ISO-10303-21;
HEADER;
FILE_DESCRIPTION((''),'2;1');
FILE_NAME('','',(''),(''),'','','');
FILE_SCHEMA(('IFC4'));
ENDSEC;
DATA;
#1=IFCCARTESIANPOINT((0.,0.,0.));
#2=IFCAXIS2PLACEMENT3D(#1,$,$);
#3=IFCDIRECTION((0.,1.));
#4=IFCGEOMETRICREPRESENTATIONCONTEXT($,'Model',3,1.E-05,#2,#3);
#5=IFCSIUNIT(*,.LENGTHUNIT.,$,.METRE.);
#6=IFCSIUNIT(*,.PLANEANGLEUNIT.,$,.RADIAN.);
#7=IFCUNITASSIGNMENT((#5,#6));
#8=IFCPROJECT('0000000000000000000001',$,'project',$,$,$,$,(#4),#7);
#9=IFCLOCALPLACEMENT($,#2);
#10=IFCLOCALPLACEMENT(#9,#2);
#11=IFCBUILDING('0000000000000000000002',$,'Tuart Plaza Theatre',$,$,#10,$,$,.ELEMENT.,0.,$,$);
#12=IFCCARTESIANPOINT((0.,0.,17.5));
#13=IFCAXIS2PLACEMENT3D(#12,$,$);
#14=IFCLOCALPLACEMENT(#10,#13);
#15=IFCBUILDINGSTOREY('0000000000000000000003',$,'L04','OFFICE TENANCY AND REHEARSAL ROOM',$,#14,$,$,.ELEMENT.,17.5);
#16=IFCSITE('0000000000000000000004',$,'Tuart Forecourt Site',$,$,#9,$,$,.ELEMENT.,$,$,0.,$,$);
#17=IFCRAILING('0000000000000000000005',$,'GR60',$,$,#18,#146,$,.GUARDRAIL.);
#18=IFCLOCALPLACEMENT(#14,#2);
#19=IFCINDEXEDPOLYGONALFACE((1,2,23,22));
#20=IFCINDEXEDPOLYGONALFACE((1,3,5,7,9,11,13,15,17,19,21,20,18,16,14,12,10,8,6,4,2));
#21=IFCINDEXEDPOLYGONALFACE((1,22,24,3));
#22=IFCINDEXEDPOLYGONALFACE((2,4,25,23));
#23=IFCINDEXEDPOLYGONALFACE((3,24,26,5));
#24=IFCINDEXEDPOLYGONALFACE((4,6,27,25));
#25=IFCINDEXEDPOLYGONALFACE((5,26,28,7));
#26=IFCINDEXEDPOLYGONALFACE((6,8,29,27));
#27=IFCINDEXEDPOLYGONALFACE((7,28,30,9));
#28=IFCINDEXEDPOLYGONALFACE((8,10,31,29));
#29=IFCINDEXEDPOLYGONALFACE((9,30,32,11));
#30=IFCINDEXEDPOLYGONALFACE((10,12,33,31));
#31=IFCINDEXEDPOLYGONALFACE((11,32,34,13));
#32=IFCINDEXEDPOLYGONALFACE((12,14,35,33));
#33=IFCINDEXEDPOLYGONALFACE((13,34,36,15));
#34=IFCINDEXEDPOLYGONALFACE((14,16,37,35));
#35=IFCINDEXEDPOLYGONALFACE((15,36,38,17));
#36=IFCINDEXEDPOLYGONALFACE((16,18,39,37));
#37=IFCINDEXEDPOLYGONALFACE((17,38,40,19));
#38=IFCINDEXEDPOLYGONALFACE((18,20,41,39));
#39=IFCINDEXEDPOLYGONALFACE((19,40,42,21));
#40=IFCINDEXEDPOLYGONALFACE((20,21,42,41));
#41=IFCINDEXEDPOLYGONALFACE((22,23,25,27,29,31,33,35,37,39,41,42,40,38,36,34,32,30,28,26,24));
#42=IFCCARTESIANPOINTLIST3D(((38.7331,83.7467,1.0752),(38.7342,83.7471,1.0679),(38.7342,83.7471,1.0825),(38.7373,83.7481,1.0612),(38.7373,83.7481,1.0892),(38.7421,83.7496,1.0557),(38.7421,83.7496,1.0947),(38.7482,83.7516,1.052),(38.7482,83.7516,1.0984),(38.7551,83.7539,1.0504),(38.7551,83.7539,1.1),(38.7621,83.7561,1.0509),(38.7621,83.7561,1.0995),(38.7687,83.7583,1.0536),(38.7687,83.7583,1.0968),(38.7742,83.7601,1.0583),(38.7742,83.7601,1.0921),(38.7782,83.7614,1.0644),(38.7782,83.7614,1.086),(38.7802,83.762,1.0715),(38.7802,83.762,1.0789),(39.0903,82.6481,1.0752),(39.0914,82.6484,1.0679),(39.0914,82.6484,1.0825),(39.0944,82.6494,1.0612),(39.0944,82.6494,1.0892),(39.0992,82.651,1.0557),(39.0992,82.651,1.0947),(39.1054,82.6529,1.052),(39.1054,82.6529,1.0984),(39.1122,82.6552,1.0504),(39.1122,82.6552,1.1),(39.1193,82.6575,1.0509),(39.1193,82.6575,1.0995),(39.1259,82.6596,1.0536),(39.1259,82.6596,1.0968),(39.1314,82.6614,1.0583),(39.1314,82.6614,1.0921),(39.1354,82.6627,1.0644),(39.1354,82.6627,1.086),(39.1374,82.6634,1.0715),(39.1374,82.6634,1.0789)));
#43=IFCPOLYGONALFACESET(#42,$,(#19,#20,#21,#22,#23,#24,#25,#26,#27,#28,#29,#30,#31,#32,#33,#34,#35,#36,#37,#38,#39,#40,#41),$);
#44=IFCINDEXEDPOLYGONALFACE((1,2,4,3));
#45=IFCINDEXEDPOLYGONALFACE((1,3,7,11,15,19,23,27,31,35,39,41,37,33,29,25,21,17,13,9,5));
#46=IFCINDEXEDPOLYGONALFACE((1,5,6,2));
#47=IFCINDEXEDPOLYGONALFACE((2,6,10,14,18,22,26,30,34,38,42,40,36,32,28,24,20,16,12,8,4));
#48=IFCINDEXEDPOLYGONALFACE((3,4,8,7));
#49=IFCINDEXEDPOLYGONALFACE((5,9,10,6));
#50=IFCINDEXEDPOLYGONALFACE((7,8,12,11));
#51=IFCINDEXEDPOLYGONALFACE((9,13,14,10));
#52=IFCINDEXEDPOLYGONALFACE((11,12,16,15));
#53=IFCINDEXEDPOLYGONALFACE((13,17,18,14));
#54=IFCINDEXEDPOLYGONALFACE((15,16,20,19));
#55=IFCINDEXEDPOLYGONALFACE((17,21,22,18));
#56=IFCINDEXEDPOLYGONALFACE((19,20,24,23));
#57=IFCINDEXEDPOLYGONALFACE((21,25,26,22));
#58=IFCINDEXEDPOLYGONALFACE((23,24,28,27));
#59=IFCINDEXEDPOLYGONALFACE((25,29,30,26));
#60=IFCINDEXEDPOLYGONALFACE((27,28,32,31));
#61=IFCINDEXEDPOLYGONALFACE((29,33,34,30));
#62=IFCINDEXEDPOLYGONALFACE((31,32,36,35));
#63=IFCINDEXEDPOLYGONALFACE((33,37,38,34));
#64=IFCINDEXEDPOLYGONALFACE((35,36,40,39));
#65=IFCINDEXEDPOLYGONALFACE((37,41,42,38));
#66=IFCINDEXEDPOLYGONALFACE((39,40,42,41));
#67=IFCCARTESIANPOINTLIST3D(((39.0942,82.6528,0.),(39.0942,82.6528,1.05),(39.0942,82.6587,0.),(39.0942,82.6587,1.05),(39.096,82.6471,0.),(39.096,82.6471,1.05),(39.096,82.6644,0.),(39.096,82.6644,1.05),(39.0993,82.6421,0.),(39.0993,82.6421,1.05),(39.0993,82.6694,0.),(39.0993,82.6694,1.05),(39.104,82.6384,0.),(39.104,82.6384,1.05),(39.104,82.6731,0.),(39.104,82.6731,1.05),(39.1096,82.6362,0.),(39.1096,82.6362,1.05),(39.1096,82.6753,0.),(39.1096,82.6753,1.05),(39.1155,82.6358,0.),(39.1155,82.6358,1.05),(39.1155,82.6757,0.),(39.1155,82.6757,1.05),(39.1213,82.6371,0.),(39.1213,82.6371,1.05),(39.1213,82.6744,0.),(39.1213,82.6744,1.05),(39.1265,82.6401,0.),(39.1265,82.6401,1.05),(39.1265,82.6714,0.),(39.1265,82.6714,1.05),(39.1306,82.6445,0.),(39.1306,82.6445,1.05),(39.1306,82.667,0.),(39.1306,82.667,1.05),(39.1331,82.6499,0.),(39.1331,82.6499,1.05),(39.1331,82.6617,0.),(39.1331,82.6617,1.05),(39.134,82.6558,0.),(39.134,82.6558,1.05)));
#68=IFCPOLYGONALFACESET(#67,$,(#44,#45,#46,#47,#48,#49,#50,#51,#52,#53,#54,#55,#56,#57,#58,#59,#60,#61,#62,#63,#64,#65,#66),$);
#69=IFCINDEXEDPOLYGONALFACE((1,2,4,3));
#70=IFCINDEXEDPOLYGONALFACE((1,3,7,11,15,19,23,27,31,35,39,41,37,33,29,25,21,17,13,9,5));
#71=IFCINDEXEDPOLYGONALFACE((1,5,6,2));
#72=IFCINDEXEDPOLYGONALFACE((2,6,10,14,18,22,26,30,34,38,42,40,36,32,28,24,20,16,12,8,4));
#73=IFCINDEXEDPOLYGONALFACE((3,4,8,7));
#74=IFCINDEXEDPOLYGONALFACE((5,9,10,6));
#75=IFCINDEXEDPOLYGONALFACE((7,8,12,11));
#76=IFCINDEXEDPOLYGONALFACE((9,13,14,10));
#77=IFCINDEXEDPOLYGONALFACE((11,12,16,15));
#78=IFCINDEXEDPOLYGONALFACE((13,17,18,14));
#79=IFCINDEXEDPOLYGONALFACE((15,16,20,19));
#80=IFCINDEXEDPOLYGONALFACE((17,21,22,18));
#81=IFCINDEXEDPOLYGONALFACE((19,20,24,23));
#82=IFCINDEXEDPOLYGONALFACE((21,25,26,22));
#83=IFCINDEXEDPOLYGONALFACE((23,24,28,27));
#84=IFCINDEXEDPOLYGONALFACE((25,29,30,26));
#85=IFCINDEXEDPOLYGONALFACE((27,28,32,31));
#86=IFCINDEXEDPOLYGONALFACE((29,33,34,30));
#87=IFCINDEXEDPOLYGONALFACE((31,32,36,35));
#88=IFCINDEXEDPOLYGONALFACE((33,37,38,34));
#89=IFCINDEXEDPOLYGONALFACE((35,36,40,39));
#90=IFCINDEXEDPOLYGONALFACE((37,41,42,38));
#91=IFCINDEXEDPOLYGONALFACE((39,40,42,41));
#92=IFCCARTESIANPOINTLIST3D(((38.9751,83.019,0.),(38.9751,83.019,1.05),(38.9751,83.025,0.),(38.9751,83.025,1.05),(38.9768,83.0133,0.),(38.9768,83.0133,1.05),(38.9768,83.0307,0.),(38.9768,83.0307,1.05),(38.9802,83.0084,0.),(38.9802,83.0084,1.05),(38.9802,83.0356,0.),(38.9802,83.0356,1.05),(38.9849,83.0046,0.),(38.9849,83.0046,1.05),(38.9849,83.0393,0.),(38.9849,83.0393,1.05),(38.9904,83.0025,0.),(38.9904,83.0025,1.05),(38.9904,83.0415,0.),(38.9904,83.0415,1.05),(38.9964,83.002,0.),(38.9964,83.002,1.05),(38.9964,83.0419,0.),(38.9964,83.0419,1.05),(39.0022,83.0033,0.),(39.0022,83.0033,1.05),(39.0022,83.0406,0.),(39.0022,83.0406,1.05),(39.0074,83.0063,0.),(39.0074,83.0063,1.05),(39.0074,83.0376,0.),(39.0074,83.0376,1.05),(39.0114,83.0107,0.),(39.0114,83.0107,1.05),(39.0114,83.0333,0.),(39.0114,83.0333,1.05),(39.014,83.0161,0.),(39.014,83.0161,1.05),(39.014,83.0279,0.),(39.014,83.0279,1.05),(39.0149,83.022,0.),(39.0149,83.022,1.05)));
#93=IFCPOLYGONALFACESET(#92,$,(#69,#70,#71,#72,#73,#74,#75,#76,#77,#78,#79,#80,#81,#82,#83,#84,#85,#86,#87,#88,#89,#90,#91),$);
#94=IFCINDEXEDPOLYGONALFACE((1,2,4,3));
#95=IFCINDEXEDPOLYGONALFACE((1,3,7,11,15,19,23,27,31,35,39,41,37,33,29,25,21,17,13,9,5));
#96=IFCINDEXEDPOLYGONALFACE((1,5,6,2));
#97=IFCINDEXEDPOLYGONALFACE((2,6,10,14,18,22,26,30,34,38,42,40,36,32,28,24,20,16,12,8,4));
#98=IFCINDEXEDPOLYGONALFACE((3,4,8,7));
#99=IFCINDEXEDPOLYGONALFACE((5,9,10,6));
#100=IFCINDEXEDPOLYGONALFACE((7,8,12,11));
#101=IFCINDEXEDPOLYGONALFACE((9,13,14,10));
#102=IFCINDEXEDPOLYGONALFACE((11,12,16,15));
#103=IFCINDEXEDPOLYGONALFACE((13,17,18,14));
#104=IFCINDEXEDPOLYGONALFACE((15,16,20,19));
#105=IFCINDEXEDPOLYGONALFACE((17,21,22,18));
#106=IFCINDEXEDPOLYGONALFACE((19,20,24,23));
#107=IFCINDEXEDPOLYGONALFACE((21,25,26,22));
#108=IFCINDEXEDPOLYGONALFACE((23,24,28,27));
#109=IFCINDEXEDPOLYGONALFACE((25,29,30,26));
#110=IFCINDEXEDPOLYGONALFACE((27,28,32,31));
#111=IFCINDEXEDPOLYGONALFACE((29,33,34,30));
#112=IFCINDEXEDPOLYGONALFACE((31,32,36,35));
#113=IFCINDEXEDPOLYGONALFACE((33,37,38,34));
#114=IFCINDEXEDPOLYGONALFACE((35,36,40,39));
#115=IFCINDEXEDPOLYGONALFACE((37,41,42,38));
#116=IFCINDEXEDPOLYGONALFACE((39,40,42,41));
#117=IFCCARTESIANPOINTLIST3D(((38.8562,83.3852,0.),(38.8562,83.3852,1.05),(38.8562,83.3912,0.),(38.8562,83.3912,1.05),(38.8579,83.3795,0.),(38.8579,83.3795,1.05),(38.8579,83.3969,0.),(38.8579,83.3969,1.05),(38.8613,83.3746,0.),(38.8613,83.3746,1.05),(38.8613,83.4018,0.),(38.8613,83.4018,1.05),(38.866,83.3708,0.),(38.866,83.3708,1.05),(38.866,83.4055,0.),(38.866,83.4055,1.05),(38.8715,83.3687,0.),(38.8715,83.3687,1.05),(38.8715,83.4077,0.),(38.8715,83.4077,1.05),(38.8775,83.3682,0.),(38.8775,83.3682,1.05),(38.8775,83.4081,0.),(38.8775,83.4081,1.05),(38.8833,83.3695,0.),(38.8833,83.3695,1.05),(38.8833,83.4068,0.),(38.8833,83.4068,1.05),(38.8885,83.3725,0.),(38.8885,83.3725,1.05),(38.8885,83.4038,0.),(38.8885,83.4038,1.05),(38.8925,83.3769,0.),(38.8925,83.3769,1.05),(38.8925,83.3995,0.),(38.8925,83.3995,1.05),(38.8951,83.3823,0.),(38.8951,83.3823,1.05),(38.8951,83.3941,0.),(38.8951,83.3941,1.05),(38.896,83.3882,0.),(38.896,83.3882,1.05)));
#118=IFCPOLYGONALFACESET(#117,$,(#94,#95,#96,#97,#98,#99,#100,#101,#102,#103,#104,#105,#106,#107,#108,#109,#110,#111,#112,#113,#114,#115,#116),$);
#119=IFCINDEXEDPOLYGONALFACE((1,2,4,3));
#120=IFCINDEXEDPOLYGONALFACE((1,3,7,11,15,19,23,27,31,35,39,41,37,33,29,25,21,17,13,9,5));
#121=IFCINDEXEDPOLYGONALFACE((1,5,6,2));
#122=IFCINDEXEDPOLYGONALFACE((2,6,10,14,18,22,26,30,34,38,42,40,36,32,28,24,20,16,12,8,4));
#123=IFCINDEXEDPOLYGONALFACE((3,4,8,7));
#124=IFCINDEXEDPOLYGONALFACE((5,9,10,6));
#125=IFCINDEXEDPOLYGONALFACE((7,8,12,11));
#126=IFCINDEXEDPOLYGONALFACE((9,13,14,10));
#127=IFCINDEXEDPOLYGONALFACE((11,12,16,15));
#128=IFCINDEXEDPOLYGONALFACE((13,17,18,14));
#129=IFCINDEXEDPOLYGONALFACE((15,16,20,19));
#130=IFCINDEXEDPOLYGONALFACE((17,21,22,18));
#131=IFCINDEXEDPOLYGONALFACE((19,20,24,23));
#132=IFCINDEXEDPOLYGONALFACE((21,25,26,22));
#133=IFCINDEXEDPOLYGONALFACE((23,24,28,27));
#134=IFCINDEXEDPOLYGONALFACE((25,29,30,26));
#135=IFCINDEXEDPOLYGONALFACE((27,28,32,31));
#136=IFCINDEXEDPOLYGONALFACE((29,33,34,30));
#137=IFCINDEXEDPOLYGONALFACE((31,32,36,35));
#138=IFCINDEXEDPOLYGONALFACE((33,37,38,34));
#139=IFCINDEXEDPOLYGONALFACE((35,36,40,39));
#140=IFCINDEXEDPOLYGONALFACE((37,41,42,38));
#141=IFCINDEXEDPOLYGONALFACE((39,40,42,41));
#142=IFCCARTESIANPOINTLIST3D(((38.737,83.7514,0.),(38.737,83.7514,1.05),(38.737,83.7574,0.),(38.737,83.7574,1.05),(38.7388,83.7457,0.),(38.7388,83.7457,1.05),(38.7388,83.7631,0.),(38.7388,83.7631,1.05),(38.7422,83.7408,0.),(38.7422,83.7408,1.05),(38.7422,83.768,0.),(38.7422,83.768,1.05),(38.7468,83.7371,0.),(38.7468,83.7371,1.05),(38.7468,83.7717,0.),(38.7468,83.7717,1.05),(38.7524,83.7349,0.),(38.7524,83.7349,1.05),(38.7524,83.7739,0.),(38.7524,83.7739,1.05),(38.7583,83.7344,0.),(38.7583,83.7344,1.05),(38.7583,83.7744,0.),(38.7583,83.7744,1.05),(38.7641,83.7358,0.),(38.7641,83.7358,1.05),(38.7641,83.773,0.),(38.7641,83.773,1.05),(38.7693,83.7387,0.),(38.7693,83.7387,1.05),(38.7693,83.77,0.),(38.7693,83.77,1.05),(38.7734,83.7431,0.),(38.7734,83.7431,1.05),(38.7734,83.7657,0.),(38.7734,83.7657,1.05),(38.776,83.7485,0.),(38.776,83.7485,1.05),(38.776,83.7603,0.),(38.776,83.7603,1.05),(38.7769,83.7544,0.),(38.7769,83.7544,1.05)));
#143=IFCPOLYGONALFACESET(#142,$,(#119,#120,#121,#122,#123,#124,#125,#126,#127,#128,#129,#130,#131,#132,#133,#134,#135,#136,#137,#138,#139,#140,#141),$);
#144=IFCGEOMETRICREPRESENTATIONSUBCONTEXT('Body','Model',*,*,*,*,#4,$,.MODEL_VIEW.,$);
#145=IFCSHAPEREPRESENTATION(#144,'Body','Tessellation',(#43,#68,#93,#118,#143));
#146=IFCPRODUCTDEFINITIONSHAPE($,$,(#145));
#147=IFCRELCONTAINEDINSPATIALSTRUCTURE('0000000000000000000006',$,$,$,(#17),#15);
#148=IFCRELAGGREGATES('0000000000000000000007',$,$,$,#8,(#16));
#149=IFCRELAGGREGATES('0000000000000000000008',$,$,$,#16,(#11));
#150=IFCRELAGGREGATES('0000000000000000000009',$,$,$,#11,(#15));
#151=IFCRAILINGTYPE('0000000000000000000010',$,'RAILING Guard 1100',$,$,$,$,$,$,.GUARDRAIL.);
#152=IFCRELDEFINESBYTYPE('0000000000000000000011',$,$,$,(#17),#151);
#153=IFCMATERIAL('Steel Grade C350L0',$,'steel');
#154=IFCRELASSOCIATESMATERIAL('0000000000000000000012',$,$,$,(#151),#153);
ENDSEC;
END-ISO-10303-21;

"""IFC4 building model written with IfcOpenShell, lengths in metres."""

from ifc_helpers import new_model, si_unit, direction, frame, origin, origin_2d, place, context, subcontext, project, spatial, circle, extrude, material, type_object, element, save


model = new_model("IFC4")

# Units and contexts
model_context = context("Model", 3, precision=1e-05, world=origin(), true_north=direction((0.0, 1.0)))
body_context = subcontext(model_context, "Body", "Model", "MODEL_VIEW")
ifc_project = project(units=[si_unit("LENGTHUNIT", "METRE"), si_unit("PLANEANGLEUNIT", "RADIAN")], contexts=[model_context])

# Site, building, storey
site_placement = place(None, origin())
site = spatial("IfcSite", under=ifc_project, at=site_placement, Name="Tuart Forecourt Site", CompositionType="ELEMENT", RefElevation=0.0)
building_placement = place(site_placement, origin())
building = spatial("IfcBuilding", under=site, at=building_placement, Name="Tuart Plaza Theatre", CompositionType="ELEMENT", ElevationOfRefHeight=0.0)
storey_placement = place(building_placement, frame((0.0, 0.0, 17.5)))
storey = spatial("IfcBuildingStorey", under=building, at=storey_placement, Name="L04", Description="OFFICE TENANCY AND REHEARSAL ROOM", CompositionType="ELEMENT", Elevation=17.5)

# Railing
ifc_material_1 = material(Name="Steel Grade C350L0", Category="steel")
railing_type_1 = type_object("IfcRailingType", Name="RAILING Guard 1100", PredefinedType="GUARDRAIL", material=ifc_material_1)
railing_1_placement = place(storey_placement, frame((39.114, 82.6558, 0.0)))
element("IfcRailing", 1, at=railing_1_placement, inside=storey, type_object=railing_type_1, Name="GR60", PredefinedType="GUARDRAIL", context=body_context, shape_type="SweptSolid", body=[
    extrude(circle(Radius=0.0249, at=origin_2d()), frame((0.0, 0.0, 1.0752), z_axis=(-0.309182, 0.951003, 0.0), x_axis=(-0.951003, -0.309182, 0.0)), (0.0, 0.0, 1.0), 1.1553),
    extrude(circle(Radius=0.02, at=origin_2d()), origin(), (0.0, 0.0, 1.0), 1.05),
    extrude(circle(Radius=0.02, at=origin_2d()), frame((-0.1191, 0.3662, 0.0)), (0.0, 0.0, 1.0), 1.05),
    extrude(circle(Radius=0.02, at=origin_2d()), frame((-0.238, 0.7324, 0.0)), (0.0, 0.0, 1.0), 1.05),
    extrude(circle(Radius=0.02, at=origin_2d()), frame((-0.3572, 1.0986, 0.0)), (0.0, 0.0, 1.0), 1.05),
])

save(model, "model.ifc")
